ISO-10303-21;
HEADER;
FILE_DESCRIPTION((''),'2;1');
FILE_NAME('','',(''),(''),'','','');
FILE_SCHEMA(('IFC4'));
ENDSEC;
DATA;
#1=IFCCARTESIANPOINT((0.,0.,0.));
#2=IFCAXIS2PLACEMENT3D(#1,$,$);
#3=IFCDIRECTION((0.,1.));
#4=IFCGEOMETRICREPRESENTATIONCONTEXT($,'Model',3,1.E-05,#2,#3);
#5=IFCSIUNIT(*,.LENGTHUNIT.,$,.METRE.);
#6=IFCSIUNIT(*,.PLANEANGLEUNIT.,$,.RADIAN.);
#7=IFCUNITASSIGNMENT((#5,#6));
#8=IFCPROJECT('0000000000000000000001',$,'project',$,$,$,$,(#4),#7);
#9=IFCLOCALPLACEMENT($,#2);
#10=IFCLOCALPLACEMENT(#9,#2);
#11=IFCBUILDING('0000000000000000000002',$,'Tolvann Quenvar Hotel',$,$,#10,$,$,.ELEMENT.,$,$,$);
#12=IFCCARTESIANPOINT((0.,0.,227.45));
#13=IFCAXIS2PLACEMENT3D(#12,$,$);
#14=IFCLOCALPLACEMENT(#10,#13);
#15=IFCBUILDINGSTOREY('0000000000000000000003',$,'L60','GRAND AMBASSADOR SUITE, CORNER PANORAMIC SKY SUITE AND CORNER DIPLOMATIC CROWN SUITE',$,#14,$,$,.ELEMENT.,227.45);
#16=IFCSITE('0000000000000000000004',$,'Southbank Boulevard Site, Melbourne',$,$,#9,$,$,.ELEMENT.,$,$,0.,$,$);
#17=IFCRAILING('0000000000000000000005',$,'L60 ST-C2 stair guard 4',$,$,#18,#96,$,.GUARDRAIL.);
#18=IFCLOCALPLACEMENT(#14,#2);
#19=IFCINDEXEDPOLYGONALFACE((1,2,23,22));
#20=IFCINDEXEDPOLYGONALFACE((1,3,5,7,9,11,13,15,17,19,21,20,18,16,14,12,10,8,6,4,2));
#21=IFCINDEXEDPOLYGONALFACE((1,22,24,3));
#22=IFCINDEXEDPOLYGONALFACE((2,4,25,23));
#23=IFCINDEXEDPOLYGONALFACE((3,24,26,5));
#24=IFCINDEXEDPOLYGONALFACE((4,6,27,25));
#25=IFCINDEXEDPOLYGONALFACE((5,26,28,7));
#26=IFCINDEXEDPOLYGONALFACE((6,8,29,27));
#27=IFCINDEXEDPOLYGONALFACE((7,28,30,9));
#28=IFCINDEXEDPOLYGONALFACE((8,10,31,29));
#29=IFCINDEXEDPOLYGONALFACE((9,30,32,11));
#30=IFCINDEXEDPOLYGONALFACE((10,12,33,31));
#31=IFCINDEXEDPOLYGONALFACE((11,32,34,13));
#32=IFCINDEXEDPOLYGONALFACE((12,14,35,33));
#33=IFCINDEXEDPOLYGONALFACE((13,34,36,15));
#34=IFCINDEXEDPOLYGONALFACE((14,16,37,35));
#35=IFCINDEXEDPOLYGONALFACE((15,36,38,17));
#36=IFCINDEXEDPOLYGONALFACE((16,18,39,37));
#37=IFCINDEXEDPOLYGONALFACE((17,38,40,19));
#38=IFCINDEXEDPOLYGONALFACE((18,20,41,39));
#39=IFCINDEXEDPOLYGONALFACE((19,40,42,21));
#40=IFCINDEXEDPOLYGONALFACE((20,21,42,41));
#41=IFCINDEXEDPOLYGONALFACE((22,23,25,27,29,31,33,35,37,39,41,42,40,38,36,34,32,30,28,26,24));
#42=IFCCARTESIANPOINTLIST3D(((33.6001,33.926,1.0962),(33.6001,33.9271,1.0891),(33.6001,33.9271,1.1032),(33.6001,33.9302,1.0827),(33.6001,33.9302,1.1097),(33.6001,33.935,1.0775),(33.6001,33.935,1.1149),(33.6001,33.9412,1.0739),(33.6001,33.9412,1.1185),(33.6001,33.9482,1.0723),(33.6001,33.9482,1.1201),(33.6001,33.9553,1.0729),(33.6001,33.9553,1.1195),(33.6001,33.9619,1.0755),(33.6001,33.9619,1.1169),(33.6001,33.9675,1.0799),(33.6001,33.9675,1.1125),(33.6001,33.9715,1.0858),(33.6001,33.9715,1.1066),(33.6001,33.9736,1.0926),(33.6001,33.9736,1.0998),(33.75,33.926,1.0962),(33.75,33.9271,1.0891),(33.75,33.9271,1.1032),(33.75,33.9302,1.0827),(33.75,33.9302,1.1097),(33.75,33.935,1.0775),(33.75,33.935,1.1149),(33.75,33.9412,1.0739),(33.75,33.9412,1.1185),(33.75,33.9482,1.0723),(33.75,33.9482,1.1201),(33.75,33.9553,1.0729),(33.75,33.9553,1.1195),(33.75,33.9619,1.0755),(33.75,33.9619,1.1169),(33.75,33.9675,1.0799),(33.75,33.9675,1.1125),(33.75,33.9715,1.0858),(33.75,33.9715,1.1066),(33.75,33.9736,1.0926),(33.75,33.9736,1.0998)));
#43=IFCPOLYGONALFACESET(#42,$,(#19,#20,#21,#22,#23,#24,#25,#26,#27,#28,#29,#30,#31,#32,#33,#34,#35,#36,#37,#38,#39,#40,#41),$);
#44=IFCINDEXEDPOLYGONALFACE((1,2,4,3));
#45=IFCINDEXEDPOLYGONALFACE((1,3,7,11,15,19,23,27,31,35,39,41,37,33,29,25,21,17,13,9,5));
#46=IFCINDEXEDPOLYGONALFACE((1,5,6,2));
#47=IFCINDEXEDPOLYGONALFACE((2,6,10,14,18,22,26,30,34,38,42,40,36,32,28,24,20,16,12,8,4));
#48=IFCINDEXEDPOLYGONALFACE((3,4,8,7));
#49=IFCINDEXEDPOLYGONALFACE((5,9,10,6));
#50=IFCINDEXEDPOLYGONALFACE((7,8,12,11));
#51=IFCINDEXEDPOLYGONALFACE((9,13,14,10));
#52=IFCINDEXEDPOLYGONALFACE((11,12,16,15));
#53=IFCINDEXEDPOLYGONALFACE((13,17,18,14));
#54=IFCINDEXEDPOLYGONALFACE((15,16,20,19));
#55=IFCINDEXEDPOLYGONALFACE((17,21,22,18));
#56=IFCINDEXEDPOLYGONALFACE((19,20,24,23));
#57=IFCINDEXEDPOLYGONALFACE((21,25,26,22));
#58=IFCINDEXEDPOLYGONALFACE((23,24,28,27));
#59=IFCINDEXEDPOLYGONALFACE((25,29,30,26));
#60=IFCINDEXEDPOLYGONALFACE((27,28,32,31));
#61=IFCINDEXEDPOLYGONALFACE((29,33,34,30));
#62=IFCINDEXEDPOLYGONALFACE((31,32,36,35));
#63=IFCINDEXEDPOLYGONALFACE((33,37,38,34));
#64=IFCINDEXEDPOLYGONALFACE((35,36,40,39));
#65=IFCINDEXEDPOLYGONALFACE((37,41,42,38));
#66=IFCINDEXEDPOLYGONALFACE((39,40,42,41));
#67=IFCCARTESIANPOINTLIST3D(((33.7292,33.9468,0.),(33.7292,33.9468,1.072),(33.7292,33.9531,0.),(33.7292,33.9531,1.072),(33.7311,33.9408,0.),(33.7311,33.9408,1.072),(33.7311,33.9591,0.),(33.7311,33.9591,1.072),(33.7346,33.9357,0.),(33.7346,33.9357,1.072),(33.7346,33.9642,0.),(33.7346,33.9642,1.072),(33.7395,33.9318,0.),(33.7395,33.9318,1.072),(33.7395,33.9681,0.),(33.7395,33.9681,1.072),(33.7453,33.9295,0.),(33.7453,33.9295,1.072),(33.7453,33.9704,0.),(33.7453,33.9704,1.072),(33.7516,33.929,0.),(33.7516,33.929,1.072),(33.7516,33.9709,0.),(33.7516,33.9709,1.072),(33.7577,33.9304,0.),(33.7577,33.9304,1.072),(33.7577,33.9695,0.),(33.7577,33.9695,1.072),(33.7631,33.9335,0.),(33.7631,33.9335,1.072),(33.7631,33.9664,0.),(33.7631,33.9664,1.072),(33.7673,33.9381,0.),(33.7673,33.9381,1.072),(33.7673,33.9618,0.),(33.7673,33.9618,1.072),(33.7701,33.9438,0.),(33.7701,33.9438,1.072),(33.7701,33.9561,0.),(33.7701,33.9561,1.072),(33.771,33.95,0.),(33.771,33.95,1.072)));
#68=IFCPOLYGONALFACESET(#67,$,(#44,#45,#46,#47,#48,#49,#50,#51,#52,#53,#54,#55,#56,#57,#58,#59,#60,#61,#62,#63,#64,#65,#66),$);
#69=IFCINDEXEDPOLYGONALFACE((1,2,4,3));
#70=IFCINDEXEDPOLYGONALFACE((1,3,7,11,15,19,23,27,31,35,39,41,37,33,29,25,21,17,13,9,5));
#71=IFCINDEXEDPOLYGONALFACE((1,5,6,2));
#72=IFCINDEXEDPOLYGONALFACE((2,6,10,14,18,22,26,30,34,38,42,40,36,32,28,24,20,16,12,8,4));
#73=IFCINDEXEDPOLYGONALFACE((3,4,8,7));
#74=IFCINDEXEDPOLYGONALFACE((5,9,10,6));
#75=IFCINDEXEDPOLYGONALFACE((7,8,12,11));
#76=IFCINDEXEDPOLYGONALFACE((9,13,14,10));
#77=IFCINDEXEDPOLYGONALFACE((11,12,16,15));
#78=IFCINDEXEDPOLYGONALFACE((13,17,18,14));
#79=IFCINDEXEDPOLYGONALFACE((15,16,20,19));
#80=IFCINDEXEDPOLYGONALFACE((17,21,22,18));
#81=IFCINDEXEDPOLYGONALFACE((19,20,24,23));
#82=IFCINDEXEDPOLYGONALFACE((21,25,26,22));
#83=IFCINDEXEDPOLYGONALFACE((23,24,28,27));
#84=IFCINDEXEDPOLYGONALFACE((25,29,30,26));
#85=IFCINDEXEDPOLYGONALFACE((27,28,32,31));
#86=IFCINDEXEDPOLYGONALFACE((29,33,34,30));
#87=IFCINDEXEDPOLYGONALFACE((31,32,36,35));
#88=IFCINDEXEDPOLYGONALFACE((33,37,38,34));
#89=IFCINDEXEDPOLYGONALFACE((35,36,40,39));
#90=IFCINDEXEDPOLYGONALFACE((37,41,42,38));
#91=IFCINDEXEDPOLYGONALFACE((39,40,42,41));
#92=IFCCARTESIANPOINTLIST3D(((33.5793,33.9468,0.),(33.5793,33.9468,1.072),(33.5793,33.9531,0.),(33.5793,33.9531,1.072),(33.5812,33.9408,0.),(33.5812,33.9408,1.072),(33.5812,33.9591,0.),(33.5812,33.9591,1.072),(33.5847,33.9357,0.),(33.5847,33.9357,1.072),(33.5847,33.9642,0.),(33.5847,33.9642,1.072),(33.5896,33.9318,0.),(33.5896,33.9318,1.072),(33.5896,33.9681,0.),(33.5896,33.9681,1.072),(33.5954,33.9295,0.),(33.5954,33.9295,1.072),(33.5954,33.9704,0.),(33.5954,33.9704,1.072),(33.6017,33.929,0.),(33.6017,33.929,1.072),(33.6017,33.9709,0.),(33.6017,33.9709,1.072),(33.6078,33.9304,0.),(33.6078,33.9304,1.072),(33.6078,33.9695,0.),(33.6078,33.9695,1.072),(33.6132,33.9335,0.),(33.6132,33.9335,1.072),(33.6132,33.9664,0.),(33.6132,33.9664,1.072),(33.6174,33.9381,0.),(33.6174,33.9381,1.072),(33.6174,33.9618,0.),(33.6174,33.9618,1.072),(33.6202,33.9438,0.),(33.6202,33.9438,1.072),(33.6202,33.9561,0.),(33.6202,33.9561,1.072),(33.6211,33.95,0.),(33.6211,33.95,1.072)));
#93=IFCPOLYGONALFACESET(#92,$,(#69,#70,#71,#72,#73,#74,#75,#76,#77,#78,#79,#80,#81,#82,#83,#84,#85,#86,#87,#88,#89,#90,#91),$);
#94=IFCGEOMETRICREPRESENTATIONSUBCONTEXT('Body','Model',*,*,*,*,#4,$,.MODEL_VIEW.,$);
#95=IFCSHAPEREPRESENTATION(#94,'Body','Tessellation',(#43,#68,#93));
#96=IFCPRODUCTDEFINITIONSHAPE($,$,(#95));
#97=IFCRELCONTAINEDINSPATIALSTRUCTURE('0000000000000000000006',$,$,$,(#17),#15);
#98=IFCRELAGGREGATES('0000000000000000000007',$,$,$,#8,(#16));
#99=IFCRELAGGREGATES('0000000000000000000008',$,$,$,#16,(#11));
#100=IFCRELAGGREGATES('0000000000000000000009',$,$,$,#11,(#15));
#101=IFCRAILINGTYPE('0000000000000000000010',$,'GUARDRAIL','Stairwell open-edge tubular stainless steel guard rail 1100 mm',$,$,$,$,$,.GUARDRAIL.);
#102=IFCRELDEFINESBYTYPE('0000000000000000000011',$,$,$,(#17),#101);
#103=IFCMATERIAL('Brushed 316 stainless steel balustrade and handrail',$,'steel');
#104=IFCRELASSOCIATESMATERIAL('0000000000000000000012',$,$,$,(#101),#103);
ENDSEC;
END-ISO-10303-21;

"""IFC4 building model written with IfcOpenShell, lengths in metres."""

from ifc_helpers import new_model, si_unit, direction, frame, origin, origin_2d, place, context, subcontext, project, spatial, circle, extrude, material, type_object, element, save


model = new_model("IFC4")

# Units and contexts
model_context = context("Model", 3, precision=1e-05, world=origin(), true_north=direction((0.0, 1.0)))
body_context = subcontext(model_context, "Body", "Model", "MODEL_VIEW")
ifc_project = project(units=[si_unit("LENGTHUNIT", "METRE"), si_unit("PLANEANGLEUNIT", "RADIAN")], contexts=[model_context])

# Site, building, storey
site_placement = place(None, origin())
site = spatial("IfcSite", under=ifc_project, at=site_placement, Name="Southbank Boulevard Site, Melbourne", CompositionType="ELEMENT", RefElevation=0.0)
building_placement = place(site_placement, origin())
building = spatial("IfcBuilding", under=site, at=building_placement, Name="Tolvann Quenvar Hotel", CompositionType="ELEMENT")
storey_placement = place(building_placement, frame((0.0, 0.0, 227.45)))
storey = spatial("IfcBuildingStorey", under=building, at=storey_placement, Name="L60", Description="GRAND AMBASSADOR SUITE, CORNER PANORAMIC SKY SUITE AND CORNER DIPLOMATIC CROWN SUITE", CompositionType="ELEMENT", Elevation=227.45)

# Railing
ifc_material_1 = material(Name="Brushed 316 stainless steel balustrade and handrail", Category="steel")
railing_type_1 = type_object("IfcRailingType", Name="GUARDRAIL", Description="Stairwell open-edge tubular stainless steel guard rail 1100 mm", PredefinedType="GUARDRAIL", material=ifc_material_1)
railing_1_placement = place(storey_placement, frame((33.75, 33.95, 0.0)))
element("IfcRailing", 1, at=railing_1_placement, inside=storey, type_object=railing_type_1, Name="L60 ST-C2 stair guard 4", PredefinedType="GUARDRAIL", context=body_context, shape_type="SweptSolid", body=[
    extrude(circle(Radius=0.0239, at=origin_2d()), frame((0.0, 0.0, 1.0962), z_axis=(-1.0, 0.0, 0.0), x_axis=(0.0, -1.0, 0.0)), (0.0, 0.0, 1.0), 0.1499),
    extrude(circle(Radius=0.021, at=origin_2d()), origin(), (0.0, 0.0, 1.0), 1.072),
    extrude(circle(Radius=0.021, at=origin_2d()), frame((-0.1499, 0.0, 0.0)), (0.0, 0.0, 1.0), 1.072),
])

save(model, "model.ifc")
